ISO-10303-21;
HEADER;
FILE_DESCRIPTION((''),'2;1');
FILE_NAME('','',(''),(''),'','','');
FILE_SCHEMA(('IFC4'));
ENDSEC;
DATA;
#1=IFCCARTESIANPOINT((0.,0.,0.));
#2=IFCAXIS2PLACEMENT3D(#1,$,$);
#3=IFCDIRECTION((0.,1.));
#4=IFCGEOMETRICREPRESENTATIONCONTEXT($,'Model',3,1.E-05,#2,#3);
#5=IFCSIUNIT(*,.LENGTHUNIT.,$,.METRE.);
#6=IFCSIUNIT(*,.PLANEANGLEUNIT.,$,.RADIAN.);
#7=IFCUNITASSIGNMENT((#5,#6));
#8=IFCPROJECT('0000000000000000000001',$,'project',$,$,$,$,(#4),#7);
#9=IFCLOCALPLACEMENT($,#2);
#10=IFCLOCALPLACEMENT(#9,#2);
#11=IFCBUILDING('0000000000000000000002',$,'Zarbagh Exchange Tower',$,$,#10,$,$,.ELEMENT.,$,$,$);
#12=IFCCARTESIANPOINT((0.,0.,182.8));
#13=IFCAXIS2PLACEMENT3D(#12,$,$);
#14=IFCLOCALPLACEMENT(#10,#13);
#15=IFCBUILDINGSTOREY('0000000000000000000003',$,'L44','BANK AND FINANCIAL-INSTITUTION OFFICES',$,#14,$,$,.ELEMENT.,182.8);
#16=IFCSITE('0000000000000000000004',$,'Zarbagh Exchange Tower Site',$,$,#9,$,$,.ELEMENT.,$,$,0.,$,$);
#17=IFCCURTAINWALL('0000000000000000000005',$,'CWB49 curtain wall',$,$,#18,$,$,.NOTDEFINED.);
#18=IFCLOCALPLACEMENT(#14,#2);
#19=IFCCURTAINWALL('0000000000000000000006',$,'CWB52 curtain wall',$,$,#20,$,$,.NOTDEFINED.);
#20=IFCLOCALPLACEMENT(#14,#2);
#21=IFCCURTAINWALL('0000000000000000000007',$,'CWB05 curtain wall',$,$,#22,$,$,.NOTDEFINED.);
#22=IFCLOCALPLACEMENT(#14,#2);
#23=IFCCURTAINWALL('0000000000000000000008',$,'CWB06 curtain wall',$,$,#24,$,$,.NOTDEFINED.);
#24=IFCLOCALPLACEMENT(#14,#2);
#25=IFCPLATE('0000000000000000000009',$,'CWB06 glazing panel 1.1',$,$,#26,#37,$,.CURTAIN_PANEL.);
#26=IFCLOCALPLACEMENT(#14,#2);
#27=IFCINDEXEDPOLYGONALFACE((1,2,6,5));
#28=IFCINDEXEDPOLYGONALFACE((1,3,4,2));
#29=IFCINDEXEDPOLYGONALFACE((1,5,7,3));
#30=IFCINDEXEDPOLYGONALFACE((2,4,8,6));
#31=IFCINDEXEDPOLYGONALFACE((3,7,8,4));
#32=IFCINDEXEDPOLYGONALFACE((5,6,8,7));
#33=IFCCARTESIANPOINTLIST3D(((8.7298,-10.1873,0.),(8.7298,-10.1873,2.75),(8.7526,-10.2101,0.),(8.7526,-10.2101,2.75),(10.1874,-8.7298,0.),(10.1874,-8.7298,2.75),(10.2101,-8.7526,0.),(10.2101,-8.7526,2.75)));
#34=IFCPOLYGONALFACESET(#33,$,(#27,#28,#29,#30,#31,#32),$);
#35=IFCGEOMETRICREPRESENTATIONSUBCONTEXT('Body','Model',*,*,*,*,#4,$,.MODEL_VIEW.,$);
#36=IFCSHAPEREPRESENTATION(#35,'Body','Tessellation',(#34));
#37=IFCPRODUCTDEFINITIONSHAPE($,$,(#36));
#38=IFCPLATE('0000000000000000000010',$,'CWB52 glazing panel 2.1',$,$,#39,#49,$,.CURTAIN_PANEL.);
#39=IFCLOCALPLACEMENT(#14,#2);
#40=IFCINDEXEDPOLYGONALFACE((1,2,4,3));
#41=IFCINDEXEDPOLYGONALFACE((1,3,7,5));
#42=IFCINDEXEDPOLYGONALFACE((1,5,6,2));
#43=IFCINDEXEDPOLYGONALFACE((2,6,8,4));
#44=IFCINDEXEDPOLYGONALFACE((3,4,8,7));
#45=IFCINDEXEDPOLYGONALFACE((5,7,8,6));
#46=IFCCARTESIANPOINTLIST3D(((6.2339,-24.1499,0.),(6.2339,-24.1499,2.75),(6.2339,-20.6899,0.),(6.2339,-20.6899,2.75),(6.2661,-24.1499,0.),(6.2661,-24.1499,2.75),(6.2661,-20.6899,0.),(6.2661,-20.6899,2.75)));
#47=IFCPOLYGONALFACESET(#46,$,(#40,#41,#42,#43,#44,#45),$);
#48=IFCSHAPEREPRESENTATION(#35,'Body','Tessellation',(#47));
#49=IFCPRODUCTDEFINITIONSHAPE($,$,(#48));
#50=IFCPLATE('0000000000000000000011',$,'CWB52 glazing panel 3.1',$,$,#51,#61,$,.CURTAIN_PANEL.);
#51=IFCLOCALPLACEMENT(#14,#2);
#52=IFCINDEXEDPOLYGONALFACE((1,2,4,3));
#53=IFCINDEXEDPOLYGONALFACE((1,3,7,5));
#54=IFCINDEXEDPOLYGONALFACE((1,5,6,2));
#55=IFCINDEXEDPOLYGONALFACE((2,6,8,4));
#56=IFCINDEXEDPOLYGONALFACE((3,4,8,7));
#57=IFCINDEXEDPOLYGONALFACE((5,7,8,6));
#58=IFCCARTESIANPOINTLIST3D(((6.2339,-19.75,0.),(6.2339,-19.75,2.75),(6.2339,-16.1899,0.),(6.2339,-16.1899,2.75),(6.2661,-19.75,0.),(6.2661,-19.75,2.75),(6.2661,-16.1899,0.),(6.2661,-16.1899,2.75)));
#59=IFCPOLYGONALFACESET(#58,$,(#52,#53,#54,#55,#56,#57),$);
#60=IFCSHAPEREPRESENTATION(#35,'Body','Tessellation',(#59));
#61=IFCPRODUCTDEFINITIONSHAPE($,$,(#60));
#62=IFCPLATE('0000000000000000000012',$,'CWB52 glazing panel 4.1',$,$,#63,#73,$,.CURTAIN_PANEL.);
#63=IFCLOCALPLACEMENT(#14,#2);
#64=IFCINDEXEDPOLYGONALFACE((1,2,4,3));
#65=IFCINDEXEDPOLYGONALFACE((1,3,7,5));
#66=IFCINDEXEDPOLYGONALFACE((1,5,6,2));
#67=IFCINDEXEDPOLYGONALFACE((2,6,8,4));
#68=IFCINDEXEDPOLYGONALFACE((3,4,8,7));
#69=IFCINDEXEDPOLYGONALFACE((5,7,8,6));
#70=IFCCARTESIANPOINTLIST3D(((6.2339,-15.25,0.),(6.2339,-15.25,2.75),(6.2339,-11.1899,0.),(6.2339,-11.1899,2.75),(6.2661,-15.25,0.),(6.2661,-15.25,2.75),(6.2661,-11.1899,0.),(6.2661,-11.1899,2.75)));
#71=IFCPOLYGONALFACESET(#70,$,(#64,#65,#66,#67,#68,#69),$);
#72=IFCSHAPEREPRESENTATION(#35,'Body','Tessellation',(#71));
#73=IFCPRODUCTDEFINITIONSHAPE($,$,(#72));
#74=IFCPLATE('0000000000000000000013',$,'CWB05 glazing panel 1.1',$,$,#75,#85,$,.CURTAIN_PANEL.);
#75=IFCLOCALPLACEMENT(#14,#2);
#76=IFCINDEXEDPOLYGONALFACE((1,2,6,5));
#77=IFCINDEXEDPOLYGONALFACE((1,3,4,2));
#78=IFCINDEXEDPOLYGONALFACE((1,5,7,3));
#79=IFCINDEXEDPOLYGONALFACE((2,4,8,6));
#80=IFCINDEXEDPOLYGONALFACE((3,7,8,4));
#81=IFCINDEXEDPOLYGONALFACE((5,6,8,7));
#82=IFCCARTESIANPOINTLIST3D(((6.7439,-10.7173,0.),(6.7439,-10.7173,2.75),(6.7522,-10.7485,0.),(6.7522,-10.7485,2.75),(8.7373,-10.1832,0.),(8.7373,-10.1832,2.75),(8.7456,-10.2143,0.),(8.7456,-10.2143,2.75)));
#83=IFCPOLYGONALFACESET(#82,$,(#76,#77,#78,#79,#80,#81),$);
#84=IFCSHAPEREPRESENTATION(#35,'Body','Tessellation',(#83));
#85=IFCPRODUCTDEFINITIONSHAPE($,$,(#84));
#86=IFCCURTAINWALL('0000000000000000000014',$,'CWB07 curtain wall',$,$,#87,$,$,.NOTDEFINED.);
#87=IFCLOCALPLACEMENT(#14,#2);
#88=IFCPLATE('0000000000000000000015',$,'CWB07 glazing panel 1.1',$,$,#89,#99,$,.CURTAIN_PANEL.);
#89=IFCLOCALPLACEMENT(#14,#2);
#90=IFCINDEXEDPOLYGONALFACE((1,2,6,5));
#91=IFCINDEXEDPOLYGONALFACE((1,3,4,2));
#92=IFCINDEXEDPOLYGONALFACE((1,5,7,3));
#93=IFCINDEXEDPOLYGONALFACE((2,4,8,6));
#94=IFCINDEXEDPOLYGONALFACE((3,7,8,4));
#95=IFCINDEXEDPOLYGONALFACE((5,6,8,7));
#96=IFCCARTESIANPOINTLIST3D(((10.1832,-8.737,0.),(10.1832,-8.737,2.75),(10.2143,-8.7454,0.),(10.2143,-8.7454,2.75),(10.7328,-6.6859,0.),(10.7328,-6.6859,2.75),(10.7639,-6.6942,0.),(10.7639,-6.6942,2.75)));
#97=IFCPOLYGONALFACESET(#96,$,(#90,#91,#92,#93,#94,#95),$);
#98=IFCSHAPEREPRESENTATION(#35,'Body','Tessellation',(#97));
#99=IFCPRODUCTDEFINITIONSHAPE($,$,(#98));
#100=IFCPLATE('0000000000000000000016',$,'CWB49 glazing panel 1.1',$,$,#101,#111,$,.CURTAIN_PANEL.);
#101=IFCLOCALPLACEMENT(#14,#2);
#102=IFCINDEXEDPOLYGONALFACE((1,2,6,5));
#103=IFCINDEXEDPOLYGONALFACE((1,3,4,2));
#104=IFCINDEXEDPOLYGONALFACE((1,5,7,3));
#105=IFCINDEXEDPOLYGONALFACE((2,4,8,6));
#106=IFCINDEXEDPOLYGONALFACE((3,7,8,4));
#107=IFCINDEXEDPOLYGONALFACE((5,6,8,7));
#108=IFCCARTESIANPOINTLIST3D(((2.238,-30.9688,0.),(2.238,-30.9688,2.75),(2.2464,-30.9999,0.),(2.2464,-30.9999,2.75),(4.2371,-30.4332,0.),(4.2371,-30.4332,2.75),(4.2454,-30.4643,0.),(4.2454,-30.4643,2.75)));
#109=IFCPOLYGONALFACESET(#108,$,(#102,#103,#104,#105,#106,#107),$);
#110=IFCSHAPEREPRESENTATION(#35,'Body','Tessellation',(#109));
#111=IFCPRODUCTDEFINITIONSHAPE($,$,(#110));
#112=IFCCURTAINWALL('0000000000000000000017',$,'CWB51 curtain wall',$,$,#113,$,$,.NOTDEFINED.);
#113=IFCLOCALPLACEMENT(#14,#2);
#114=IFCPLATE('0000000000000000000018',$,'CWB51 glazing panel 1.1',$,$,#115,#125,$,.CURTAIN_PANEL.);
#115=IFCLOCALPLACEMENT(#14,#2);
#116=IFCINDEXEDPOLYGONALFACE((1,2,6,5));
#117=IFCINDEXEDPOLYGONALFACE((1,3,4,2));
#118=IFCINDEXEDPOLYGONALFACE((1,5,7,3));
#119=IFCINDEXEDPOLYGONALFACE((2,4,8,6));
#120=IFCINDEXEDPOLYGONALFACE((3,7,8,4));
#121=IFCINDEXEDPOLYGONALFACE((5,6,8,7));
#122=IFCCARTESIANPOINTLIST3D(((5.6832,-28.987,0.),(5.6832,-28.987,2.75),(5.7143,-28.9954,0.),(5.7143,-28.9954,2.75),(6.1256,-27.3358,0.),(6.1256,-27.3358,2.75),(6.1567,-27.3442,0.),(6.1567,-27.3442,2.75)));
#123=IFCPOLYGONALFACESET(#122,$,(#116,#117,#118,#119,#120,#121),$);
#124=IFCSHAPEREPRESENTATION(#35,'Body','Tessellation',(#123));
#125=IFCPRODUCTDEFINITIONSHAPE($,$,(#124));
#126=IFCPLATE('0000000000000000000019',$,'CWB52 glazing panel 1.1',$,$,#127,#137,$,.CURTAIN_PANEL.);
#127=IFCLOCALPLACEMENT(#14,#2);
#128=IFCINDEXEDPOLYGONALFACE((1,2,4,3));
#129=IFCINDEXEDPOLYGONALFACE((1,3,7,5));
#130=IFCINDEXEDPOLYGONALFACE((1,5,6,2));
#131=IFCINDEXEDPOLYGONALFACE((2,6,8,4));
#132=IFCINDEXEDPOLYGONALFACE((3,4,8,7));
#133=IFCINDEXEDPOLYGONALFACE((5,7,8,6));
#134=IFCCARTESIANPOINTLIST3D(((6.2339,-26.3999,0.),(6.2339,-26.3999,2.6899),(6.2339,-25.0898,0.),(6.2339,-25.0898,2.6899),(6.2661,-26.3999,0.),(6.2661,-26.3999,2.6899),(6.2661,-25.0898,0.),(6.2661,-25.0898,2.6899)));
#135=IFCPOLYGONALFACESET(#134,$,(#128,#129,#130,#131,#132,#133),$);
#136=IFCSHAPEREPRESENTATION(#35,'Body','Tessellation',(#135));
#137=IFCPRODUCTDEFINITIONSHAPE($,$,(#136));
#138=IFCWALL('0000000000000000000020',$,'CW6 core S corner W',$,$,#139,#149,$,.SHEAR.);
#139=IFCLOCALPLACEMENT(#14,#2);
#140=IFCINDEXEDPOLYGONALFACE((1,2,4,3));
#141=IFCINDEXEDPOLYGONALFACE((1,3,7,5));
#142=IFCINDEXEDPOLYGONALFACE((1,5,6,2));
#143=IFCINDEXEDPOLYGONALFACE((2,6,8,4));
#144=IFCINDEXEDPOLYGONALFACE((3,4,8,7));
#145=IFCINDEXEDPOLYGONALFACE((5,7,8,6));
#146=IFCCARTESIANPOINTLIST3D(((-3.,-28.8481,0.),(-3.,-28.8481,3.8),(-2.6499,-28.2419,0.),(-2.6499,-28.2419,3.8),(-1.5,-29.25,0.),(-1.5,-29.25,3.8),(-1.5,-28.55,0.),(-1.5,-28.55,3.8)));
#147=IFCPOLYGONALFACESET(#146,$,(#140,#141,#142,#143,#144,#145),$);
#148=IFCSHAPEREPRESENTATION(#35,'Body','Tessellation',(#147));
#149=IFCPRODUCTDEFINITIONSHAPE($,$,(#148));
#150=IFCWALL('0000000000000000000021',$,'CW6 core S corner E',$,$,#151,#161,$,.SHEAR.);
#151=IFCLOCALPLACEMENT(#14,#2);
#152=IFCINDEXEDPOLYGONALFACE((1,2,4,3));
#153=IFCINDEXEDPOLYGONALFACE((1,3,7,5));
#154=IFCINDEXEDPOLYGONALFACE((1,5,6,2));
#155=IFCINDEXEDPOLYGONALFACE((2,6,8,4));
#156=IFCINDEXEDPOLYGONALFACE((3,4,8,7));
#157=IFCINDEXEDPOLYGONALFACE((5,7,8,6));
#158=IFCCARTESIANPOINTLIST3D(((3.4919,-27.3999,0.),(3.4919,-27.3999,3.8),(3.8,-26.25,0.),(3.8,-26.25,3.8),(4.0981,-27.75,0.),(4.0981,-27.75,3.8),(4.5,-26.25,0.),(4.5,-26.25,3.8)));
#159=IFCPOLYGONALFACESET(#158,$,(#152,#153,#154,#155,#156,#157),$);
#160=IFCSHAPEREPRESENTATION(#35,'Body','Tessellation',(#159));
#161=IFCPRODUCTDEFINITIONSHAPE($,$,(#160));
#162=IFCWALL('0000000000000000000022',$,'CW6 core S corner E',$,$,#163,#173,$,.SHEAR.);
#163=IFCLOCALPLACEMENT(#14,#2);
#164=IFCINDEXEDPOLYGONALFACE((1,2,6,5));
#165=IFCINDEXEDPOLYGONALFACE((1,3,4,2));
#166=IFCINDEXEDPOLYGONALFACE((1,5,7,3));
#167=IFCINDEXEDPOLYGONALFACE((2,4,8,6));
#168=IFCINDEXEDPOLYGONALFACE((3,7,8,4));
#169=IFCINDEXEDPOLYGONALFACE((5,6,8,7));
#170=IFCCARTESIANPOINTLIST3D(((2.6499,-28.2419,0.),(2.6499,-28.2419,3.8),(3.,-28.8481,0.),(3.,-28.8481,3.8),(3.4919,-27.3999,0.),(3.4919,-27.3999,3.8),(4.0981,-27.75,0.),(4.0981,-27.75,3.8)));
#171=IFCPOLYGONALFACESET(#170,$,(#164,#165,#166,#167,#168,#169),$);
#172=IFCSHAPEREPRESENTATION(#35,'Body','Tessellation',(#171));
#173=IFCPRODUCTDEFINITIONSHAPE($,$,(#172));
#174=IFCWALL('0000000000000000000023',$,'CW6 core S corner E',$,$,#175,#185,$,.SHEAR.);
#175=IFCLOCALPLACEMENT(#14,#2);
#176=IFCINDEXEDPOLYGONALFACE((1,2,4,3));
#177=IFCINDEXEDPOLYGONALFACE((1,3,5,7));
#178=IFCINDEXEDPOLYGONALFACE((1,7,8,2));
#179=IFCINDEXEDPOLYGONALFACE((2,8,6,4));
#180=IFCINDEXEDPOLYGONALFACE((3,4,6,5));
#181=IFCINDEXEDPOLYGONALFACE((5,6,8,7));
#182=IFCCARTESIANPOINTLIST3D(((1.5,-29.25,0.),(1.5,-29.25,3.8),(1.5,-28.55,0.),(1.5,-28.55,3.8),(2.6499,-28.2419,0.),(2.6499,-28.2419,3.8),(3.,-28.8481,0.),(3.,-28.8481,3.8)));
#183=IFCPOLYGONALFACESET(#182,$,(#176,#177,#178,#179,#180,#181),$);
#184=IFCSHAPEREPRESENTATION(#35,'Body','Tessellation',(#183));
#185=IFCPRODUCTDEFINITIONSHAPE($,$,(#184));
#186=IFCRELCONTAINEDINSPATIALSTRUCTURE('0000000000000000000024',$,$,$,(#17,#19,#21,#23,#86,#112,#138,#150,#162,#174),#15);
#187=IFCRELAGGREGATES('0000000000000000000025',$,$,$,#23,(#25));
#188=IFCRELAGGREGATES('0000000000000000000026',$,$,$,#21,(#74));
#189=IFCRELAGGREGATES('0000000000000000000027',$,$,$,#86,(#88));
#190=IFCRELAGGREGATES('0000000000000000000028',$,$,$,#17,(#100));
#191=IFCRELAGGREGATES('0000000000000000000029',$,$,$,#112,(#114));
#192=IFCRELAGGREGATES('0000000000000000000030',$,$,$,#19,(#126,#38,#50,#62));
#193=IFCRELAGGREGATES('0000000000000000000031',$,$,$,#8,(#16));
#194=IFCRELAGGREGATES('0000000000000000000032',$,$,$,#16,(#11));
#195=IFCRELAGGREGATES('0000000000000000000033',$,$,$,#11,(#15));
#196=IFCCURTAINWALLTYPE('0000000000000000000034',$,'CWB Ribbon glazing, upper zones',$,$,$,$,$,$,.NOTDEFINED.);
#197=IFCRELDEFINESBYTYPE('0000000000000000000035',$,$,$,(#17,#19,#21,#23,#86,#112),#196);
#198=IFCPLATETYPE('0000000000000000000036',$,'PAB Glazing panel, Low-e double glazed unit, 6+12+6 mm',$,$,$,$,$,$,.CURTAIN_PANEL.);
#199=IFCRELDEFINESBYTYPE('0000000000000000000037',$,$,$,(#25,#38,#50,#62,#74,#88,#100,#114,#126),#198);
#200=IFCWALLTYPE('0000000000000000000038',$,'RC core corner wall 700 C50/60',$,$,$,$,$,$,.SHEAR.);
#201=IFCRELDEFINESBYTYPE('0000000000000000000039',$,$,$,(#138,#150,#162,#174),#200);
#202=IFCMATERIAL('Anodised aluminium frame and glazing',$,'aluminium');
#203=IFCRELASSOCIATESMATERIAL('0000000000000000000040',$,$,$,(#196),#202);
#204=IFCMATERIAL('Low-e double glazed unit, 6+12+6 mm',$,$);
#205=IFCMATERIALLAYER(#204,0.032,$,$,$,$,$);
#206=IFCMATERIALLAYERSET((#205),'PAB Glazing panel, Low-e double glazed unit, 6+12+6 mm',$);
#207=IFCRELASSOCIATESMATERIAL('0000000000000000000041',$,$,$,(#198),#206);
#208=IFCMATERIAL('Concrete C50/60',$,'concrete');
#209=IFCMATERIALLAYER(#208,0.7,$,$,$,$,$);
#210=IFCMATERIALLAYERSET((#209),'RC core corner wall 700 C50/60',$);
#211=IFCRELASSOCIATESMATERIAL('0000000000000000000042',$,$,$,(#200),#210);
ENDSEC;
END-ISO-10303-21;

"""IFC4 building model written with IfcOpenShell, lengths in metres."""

from ifc_helpers import new_model, si_unit, direction, frame, origin, place, context, subcontext, project, spatial, polyline, outline, extrude, source, transform, mapped, material, layer, layer_set, type_object, element, aggregate, save


model = new_model("IFC4")

# Units and contexts
model_context = context("Model", 3, precision=1e-05, world=origin(), true_north=direction((0.0, 1.0)))
body_context = subcontext(model_context, "Body", "Model", "MODEL_VIEW")
ifc_project = project(units=[si_unit("LENGTHUNIT", "METRE"), si_unit("PLANEANGLEUNIT", "RADIAN")], contexts=[model_context])

# Site, building, storey
site_placement = place(None, origin())
site = spatial("IfcSite", under=ifc_project, at=site_placement, Name="Zarbagh Exchange Tower Site", CompositionType="ELEMENT", RefElevation=0.0)
building_placement = place(site_placement, origin())
building = spatial("IfcBuilding", under=site, at=building_placement, Name="Zarbagh Exchange Tower", CompositionType="ELEMENT")
storey_placement = place(building_placement, frame((0.0, 0.0, 182.8)))
storey = spatial("IfcBuildingStorey", under=building, at=storey_placement, Name="L44", Description="BANK AND FINANCIAL-INSTITUTION OFFICES", CompositionType="ELEMENT", Elevation=182.8)

# Curtain wall
ifc_material_1 = material(Name="Anodised aluminium frame and glazing", Category="aluminium")
curtain_wall_type = type_object("IfcCurtainWallType", Name="CWB Ribbon glazing, upper zones", PredefinedType="NOTDEFINED", material=ifc_material_1)
curtain_wall_1_placement = place(storey_placement, origin())
curtain_wall_1 = element("IfcCurtainWall", 1, at=curtain_wall_1_placement, inside=storey, type_object=curtain_wall_type, Name="CWB49 curtain wall", PredefinedType="NOTDEFINED")
placement = place(storey_placement, origin())

# Curtain wall
curtain_wall_2_placement = place(storey_placement, origin())
curtain_wall_2 = element("IfcCurtainWall", 2, at=curtain_wall_2_placement, inside=storey, type_object=curtain_wall_type, Name="CWB52 curtain wall", PredefinedType="NOTDEFINED")

# Curtain wall
curtain_wall_3_placement = place(storey_placement, origin())
curtain_wall_3 = element("IfcCurtainWall", 3, at=curtain_wall_3_placement, inside=storey, type_object=curtain_wall_type, Name="CWB05 curtain wall", PredefinedType="NOTDEFINED")

# Curtain wall, plate
ifc_material_2 = material(Name="Low-e double glazed unit, 6+12+6 mm")
ifc_layer_1 = layer(ifc_material_2, 0.032)
ifc_layer_set_1 = layer_set([ifc_layer_1], Name="PAB Glazing panel, Low-e double glazed unit, 6+12+6 mm")
plate_type = type_object("IfcPlateType", Name="PAB Glazing panel, Low-e double glazed unit, 6+12+6 mm", PredefinedType="CURTAIN_PANEL", material=ifc_layer_set_1)
shared_shape_1 = source(origin(), body_context, "Body", "SweptSolid", [
    extrude(outline(polyline([(0.0, -0.0161), (2.0613, -0.0161), (2.0613, 0.0161), (0.0, 0.0161), (0.0, -0.0161)])), origin(), (0.0, 0.0, 1.0), 2.75),
])
curtain_wall_4_placement = place(storey_placement, origin())
curtain_wall_4 = element("IfcCurtainWall", 4, at=curtain_wall_4_placement, inside=storey, type_object=curtain_wall_type, Name="CWB06 curtain wall", PredefinedType="NOTDEFINED")
plate_1 = element("IfcPlate", 5, at=placement, type_object=plate_type, Name="CWB06 glazing panel 1.1", PredefinedType="CURTAIN_PANEL", context=body_context, shape_type="MappedRepresentation", body=[
    mapped(shared_shape_1, transform((8.7412, -10.1987, 0.0), x_axis=(0.707107, 0.707107, 0.0), y_axis=(-0.707107, 0.707107, 0.0), z_axis=(0.0, 0.0, 1.0))),
])
aggregate(curtain_wall_4, [plate_1])

# Plates
shared_shape_2 = source(origin(), body_context, "Body", "SweptSolid", [
    extrude(outline(polyline([(0.0, -0.0161), (3.46, -0.0161), (3.46, 0.0161), (0.0, 0.0161), (0.0, -0.0161)])), origin(), (0.0, 0.0, 1.0), 2.75),
])
plate_2 = element("IfcPlate", 6, at=placement, type_object=plate_type, Name="CWB52 glazing panel 2.1", PredefinedType="CURTAIN_PANEL", context=body_context, shape_type="MappedRepresentation", body=[
    mapped(shared_shape_2, transform((6.25, -24.1499, 0.0), x_axis=(0.0, 1.0, 0.0), y_axis=(-1.0, 0.0, 0.0), z_axis=(0.0, 0.0, 1.0))),
])
shared_shape_3 = source(origin(), body_context, "Body", "SweptSolid", [
    extrude(outline(polyline([(0.0, -0.0161), (3.5601, -0.0161), (3.5601, 0.0161), (0.0, 0.0161), (0.0, -0.0161)])), origin(), (0.0, 0.0, 1.0), 2.75),
])
plate_3 = element("IfcPlate", 7, at=placement, type_object=plate_type, Name="CWB52 glazing panel 3.1", PredefinedType="CURTAIN_PANEL", context=body_context, shape_type="MappedRepresentation", body=[
    mapped(shared_shape_3, transform((6.25, -19.75, 0.0), x_axis=(0.0, 1.0, 0.0), y_axis=(-1.0, 0.0, 0.0), z_axis=(0.0, 0.0, 1.0))),
])
shared_shape_4 = source(origin(), body_context, "Body", "SweptSolid", [
    extrude(outline(polyline([(0.0, -0.0161), (4.0601, -0.0161), (4.0601, 0.0161), (0.0, 0.0161), (0.0, -0.0161)])), origin(), (0.0, 0.0, 1.0), 2.75),
])
plate_4 = element("IfcPlate", 8, at=placement, type_object=plate_type, Name="CWB52 glazing panel 4.1", PredefinedType="CURTAIN_PANEL", context=body_context, shape_type="MappedRepresentation", body=[
    mapped(shared_shape_4, transform((6.25, -15.25, 0.0), x_axis=(0.0, 1.0, 0.0), y_axis=(-1.0, 0.0, 0.0), z_axis=(0.0, 0.0, 1.0))),
])
shared_shape_5 = source(origin(), body_context, "Body", "SweptSolid", [
    extrude(outline(polyline([(0.0, -0.0161), (2.0637, -0.0161), (2.0637, 0.0161), (0.0, 0.0161), (0.0, -0.0161)])), origin(), (0.0, 0.0, 1.0), 2.75),
])
plate_5 = element("IfcPlate", 9, at=placement, type_object=plate_type, Name="CWB05 glazing panel 1.1", PredefinedType="CURTAIN_PANEL", context=body_context, shape_type="MappedRepresentation", body=[
    mapped(shared_shape_5, transform((6.748, -10.7329, 0.0), x_axis=(0.965924, 0.258825, 0.0), y_axis=(-0.258825, 0.965924, 0.0), z_axis=(0.0, 0.0, 1.0))),
])
aggregate(curtain_wall_3, [plate_5])

# Curtain wall, plate
curtain_wall_5_placement = place(storey_placement, origin())
curtain_wall_5 = element("IfcCurtainWall", 10, at=curtain_wall_5_placement, inside=storey, type_object=curtain_wall_type, Name="CWB07 curtain wall", PredefinedType="NOTDEFINED")
shared_shape_6 = source(origin(), body_context, "Body", "SweptSolid", [
    extrude(outline(polyline([(0.0, -0.0161), (2.1235, -0.0161), (2.1235, 0.0161), (0.0, 0.0161), (0.0, -0.0161)])), origin(), (0.0, 0.0, 1.0), 2.75),
])
plate_6 = element("IfcPlate", 11, at=placement, type_object=plate_type, Name="CWB07 glazing panel 1.1", PredefinedType="CURTAIN_PANEL", context=body_context, shape_type="MappedRepresentation", body=[
    mapped(shared_shape_6, transform((10.1987, -8.7412, 0.0), x_axis=(0.258825, 0.965924, 0.0), y_axis=(-0.965924, 0.258825, 0.0), z_axis=(0.0, 0.0, 1.0))),
])
aggregate(curtain_wall_5, [plate_6])

# Plate
shared_shape_7 = source(origin(), body_context, "Body", "SweptSolid", [
    extrude(outline(polyline([(0.0, -0.0161), (2.0696, -0.0161), (2.0696, 0.0161), (0.0, 0.0161), (0.0, -0.0161)])), origin(), (0.0, 0.0, 1.0), 2.75),
])
plate_7 = element("IfcPlate", 12, at=placement, type_object=plate_type, Name="CWB49 glazing panel 1.1", PredefinedType="CURTAIN_PANEL", context=body_context, shape_type="MappedRepresentation", body=[
    mapped(shared_shape_7, transform((2.2422, -30.9844, 0.0), x_axis=(0.965924, 0.258825, 0.0), y_axis=(-0.258825, 0.965924, 0.0), z_axis=(0.0, 0.0, 1.0))),
])
aggregate(curtain_wall_1, [plate_7])

# Curtain wall, plate
curtain_wall_6_placement = place(storey_placement, origin())
curtain_wall_6 = element("IfcCurtainWall", 13, at=curtain_wall_6_placement, inside=storey, type_object=curtain_wall_type, Name="CWB51 curtain wall", PredefinedType="NOTDEFINED")
shared_shape_8 = source(origin(), body_context, "Body", "SweptSolid", [
    extrude(outline(polyline([(0.0, -0.0161), (1.7095, -0.0161), (1.7095, 0.0161), (0.0, 0.0161), (0.0, -0.0161)])), origin(), (0.0, 0.0, 1.0), 2.75),
])
plate_8 = element("IfcPlate", 14, at=placement, type_object=plate_type, Name="CWB51 glazing panel 1.1", PredefinedType="CURTAIN_PANEL", context=body_context, shape_type="MappedRepresentation", body=[
    mapped(shared_shape_8, transform((5.6987, -28.9912, 0.0), x_axis=(0.258825, 0.965924, 0.0), y_axis=(-0.965924, 0.258825, 0.0), z_axis=(0.0, 0.0, 1.0))),
])
aggregate(curtain_wall_6, [plate_8])

# Plate
shared_shape_9 = source(origin(), body_context, "Body", "SweptSolid", [
    extrude(outline(polyline([(0.0, -0.0161), (1.3101, -0.0161), (1.3101, 0.0161), (0.0, 0.0161), (0.0, -0.0161)])), origin(), (0.0, 0.0, 1.0), 2.6899),
])
plate_9 = element("IfcPlate", 15, at=placement, type_object=plate_type, Name="CWB52 glazing panel 1.1", PredefinedType="CURTAIN_PANEL", context=body_context, shape_type="MappedRepresentation", body=[
    mapped(shared_shape_9, transform((6.25, -26.3999, 0.0), x_axis=(0.0, 1.0, 0.0), y_axis=(-1.0, 0.0, 0.0), z_axis=(0.0, 0.0, 1.0))),
])
aggregate(curtain_wall_2, [plate_9, plate_2, plate_3, plate_4])

# Walls
ifc_material_3 = material(Name="Concrete C50/60", Category="concrete")
ifc_layer_2 = layer(ifc_material_3, 0.7)
ifc_layer_set_2 = layer_set([ifc_layer_2], Name="RC core corner wall 700 C50/60")
wall_type = type_object("IfcWallType", Name="RC core corner wall 700 C50/60", PredefinedType="SHEAR", material=ifc_layer_set_2)
wall_1_placement = place(storey_placement, origin())
element("IfcWall", 16, at=wall_1_placement, inside=storey, type_object=wall_type, Name="CW6 core S corner W", PredefinedType="SHEAR", context=body_context, shape_type="SweptSolid", body=[
    extrude(outline(polyline([(-3.0, -28.8481), (-1.5, -29.25), (-1.5, -28.55), (-2.6499, -28.2419), (-3.0, -28.8481)])), origin(), (0.0, 0.0, 1.0), 3.8),
])
wall_2_placement = place(storey_placement, origin())
element("IfcWall", 17, at=wall_2_placement, inside=storey, type_object=wall_type, Name="CW6 core S corner E", PredefinedType="SHEAR", context=body_context, shape_type="SweptSolid", body=[
    extrude(outline(polyline([(4.5, -26.25), (4.0981, -27.75), (3.4919, -27.3999), (3.8, -26.25), (4.5, -26.25)])), origin(), (0.0, 0.0, 1.0), 3.8),
])
wall_3_placement = place(storey_placement, origin())
element("IfcWall", 18, at=wall_3_placement, inside=storey, type_object=wall_type, Name="CW6 core S corner E", PredefinedType="SHEAR", context=body_context, shape_type="SweptSolid", body=[
    extrude(outline(polyline([(4.0981, -27.75), (3.0, -28.8481), (2.6499, -28.2419), (3.4919, -27.3999), (4.0981, -27.75)])), origin(), (0.0, 0.0, 1.0), 3.8),
])
wall_4_placement = place(storey_placement, origin())
element("IfcWall", 19, at=wall_4_placement, inside=storey, type_object=wall_type, Name="CW6 core S corner E", PredefinedType="SHEAR", context=body_context, shape_type="SweptSolid", body=[
    extrude(outline(polyline([(3.0, -28.8481), (1.5, -29.25), (1.5, -28.55), (2.6499, -28.2419), (3.0, -28.8481)])), origin(), (0.0, 0.0, 1.0), 3.8),
])

save(model, "model.ifc")
